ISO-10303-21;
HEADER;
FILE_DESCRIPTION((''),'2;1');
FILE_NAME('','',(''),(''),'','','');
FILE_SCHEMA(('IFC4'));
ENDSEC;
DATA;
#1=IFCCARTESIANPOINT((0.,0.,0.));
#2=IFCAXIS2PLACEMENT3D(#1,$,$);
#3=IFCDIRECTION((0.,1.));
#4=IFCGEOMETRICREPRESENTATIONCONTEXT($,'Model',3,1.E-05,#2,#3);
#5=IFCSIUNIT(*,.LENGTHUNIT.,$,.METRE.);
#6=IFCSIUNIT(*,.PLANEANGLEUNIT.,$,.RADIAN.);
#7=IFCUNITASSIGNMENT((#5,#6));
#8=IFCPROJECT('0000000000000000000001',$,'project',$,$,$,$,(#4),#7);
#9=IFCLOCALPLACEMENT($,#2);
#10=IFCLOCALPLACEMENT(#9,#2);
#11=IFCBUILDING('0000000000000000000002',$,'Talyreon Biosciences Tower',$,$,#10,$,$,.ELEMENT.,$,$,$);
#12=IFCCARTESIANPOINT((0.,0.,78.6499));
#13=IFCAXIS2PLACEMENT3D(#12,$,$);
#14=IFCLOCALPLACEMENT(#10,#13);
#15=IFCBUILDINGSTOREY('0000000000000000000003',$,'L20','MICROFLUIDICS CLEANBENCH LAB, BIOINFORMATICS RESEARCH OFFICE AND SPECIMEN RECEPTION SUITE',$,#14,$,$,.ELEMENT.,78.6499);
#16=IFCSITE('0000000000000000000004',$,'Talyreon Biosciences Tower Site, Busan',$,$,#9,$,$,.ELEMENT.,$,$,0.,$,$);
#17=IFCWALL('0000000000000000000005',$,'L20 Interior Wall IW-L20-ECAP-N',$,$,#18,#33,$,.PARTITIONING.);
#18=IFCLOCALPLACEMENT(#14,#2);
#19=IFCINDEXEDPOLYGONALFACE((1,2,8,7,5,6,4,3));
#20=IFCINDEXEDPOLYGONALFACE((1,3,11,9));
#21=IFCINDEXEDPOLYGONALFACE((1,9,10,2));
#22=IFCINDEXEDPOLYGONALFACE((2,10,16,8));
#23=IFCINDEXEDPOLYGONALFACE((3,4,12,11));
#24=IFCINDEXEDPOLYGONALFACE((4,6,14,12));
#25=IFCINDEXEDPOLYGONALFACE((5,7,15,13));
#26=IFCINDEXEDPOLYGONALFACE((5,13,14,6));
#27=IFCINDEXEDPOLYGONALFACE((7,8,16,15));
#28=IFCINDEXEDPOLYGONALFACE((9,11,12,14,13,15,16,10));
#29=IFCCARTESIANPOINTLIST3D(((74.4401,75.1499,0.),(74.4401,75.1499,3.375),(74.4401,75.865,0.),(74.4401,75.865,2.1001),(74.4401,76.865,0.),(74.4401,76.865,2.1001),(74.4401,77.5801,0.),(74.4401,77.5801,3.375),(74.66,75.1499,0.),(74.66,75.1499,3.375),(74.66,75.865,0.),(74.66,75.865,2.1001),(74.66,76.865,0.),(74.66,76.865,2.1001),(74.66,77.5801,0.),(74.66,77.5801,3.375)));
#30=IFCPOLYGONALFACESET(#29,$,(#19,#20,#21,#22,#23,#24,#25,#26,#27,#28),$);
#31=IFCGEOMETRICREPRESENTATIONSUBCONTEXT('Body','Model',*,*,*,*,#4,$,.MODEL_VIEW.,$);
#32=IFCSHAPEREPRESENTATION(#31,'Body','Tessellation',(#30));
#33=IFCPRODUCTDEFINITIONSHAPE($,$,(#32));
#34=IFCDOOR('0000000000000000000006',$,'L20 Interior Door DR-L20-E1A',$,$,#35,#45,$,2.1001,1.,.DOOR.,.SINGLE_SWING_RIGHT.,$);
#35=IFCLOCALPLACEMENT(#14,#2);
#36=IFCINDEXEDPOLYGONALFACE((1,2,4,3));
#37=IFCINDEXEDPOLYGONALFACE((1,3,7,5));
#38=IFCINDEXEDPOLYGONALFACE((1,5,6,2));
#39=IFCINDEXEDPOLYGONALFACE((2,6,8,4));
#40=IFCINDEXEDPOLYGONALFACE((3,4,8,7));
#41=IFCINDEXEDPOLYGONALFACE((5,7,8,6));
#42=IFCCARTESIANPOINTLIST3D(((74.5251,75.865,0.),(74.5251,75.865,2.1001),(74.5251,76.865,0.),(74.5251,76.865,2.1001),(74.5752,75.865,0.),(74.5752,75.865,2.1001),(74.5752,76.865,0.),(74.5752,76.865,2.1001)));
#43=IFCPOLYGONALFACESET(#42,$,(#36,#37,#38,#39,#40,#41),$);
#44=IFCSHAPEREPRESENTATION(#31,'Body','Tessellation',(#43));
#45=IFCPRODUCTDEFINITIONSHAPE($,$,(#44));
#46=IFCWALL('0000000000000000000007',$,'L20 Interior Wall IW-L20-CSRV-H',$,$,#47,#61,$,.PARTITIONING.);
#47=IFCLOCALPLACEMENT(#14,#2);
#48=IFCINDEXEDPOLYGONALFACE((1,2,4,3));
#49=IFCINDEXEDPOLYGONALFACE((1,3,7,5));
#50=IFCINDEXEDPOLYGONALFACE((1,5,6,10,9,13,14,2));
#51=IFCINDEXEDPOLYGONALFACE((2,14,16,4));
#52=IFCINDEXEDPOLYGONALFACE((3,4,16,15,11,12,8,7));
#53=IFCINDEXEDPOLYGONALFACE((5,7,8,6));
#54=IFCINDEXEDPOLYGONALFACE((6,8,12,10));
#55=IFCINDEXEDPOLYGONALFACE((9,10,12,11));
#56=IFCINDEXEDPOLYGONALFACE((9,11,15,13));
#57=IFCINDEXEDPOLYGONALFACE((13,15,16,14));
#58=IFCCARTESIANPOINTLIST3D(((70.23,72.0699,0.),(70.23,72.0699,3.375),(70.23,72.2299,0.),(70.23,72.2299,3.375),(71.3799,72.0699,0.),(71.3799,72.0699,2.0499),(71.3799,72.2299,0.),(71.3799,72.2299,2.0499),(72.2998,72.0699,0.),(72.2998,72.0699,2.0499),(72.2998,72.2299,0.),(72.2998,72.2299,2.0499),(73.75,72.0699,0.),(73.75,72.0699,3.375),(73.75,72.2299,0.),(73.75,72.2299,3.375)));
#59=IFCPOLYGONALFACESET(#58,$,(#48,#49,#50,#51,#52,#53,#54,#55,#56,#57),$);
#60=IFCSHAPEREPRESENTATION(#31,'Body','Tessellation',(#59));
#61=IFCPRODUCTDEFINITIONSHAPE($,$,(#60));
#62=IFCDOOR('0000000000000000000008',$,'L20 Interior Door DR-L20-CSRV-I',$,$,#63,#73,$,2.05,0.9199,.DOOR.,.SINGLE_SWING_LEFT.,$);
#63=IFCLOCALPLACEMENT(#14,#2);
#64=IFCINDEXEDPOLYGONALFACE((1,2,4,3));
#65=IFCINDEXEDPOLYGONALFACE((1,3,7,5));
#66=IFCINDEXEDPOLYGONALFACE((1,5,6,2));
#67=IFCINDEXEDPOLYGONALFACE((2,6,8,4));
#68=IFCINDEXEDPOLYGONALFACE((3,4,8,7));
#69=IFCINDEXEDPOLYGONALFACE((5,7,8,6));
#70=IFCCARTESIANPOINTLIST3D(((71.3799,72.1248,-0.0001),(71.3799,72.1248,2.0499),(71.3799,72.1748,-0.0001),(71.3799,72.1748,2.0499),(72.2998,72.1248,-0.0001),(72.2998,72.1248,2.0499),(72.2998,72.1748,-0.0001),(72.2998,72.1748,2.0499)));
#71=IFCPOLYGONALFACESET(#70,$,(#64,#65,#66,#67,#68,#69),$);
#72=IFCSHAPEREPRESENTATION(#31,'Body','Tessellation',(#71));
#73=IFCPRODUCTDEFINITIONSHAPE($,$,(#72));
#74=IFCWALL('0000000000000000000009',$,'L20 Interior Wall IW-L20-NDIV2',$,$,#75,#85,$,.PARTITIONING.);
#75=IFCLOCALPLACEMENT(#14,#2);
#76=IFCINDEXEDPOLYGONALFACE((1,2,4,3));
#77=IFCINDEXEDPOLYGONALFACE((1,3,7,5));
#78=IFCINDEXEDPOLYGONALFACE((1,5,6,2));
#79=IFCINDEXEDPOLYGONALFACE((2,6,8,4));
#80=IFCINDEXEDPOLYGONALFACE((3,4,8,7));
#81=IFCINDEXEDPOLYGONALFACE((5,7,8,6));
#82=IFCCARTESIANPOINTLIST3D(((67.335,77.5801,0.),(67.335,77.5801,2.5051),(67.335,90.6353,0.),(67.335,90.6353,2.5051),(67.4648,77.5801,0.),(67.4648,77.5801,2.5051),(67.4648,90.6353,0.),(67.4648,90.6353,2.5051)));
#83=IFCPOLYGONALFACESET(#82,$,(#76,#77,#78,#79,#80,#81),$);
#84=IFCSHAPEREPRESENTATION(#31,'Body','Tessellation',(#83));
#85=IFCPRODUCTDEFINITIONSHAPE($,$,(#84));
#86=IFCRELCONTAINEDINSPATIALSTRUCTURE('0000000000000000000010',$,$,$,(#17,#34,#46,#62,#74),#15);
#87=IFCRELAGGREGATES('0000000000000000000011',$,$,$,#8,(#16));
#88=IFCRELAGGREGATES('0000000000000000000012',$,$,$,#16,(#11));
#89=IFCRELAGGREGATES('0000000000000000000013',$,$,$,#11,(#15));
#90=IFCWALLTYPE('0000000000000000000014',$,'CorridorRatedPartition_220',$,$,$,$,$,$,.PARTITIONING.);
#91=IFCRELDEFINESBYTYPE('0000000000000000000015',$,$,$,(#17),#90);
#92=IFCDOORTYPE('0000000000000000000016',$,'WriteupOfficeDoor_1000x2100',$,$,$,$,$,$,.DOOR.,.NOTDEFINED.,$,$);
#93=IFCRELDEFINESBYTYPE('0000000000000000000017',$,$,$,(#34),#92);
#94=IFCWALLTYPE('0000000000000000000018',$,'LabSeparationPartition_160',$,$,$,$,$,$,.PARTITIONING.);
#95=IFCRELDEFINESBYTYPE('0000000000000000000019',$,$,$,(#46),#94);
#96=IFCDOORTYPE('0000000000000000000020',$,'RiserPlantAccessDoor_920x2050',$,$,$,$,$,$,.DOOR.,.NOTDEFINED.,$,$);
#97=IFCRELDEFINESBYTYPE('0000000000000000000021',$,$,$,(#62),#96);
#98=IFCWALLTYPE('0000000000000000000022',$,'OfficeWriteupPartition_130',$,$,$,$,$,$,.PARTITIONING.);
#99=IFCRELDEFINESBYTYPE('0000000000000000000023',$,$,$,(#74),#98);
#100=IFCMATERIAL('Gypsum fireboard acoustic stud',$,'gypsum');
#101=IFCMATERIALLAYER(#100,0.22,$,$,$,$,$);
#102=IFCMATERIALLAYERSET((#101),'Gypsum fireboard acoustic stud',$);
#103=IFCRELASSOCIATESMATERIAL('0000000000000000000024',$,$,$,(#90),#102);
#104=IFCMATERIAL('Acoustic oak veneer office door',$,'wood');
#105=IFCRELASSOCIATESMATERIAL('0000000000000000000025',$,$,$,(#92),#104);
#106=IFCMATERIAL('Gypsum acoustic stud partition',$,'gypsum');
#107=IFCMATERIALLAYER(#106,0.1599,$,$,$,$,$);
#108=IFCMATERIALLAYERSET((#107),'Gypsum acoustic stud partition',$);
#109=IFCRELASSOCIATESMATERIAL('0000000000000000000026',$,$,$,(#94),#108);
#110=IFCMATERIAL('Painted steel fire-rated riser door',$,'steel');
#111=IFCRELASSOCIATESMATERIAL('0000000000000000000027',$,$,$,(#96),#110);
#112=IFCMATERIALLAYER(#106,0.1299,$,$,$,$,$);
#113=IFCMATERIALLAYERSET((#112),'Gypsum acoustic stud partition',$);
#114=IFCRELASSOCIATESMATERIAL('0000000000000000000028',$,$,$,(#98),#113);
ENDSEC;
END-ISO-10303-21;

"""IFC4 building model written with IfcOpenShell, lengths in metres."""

from ifc_helpers import new_model, si_unit, direction, frame, frame_2d, origin, place, context, subcontext, project, spatial, rectangle, extrude, material, layer, layer_set, type_object, element, fill, save


model = new_model("IFC4")

# Units and contexts
model_context = context("Model", 3, precision=1e-05, world=origin(), true_north=direction((0.0, 1.0)))
body_context = subcontext(model_context, "Body", "Model", "MODEL_VIEW")
ifc_project = project(units=[si_unit("LENGTHUNIT", "METRE"), si_unit("PLANEANGLEUNIT", "RADIAN")], contexts=[model_context])

# Site, building, storey
site_placement = place(None, origin())
site = spatial("IfcSite", under=ifc_project, at=site_placement, Name="Talyreon Biosciences Tower Site, Busan", CompositionType="ELEMENT", RefElevation=0.0)
building_placement = place(site_placement, origin())
building = spatial("IfcBuilding", under=site, at=building_placement, Name="Talyreon Biosciences Tower", CompositionType="ELEMENT")
storey_placement = place(building_placement, frame((0.0, 0.0, 78.6499)))
storey = spatial("IfcBuildingStorey", under=building, at=storey_placement, Name="L20", Description="MICROFLUIDICS CLEANBENCH LAB, BIOINFORMATICS RESEARCH OFFICE AND SPECIMEN RECEPTION SUITE", CompositionType="ELEMENT", Elevation=78.6499)

# Walls, openings, doors
ifc_material_1 = material(Name="Gypsum fireboard acoustic stud", Category="gypsum")
ifc_layer_1 = layer(ifc_material_1, 0.22)
ifc_layer_set_1 = layer_set([ifc_layer_1], Name="Gypsum fireboard acoustic stud")
wall_type_1 = type_object("IfcWallType", Name="CorridorRatedPartition_220", PredefinedType="PARTITIONING", material=ifc_layer_set_1)
wall_1_placement = place(storey_placement, frame((74.55, 75.1499, 0.0), z_axis=(0.0, 0.0, 1.0), x_axis=(0.0, 1.0, 0.0)))
wall_1 = element("IfcWall", 1, at=wall_1_placement, inside=storey, type_object=wall_type_1, Name="L20 Interior Wall IW-L20-ECAP-N", PredefinedType="PARTITIONING", context=body_context, shape_type="SweptSolid", body=[
    extrude(rectangle(XDim=2.4302, YDim=0.22, at=frame_2d((1.2151, 0.0))), origin(), (0.0, 0.0, 1.0), 3.375),
])
opening_1_placement = place(wall_1_placement, frame((0.7151, 0.0, 0.0)))
opening_1 = element("IfcOpeningElement", 2, at=opening_1_placement, cuts=wall_1, PredefinedType="OPENING", context=body_context, shape_type="SweptSolid", body=[
    extrude(rectangle(XDim=1.0, YDim=2.1001, at=frame_2d((0.5, 1.05))), frame((0.0, 0.1199, 0.0), z_axis=(0.0, -1.0, 0.0), x_axis=(1.0, 0.0, 0.0)), (0.0, 0.0, 1.0), 0.24),
])
ifc_material_2 = material(Name="Acoustic oak veneer office door", Category="wood")
door_type_1 = type_object("IfcDoorType", Name="WriteupOfficeDoor_1000x2100", OperationType="NOTDEFINED", PredefinedType="DOOR", material=ifc_material_2)
door_1_placement = place(opening_1_placement, origin())
door_1 = element("IfcDoor", 3, at=door_1_placement, inside=storey, type_object=door_type_1, Name="L20 Interior Door DR-L20-E1A", OperationType="SINGLE_SWING_RIGHT", OverallHeight=2.1001, OverallWidth=1.0, PredefinedType="DOOR", context=body_context, shape_type="SweptSolid", body=[
    extrude(rectangle(XDim=1.0, YDim=2.1001, at=frame_2d((0.5, 1.05))), frame((0.0, 0.0249, 0.0), z_axis=(0.0, -1.0, 0.0), x_axis=(1.0, 0.0, 0.0)), (0.0, 0.0, 1.0), 0.05),
])
fill(opening_1, door_1)
ifc_material_3 = material(Name="Gypsum acoustic stud partition", Category="gypsum")
ifc_layer_2 = layer(ifc_material_3, 0.1599)
ifc_layer_set_2 = layer_set([ifc_layer_2], Name="Gypsum acoustic stud partition")
wall_type_2 = type_object("IfcWallType", Name="LabSeparationPartition_160", PredefinedType="PARTITIONING", material=ifc_layer_set_2)
wall_2_placement = place(storey_placement, frame((70.23, 72.1499, 0.0), z_axis=(0.0, 0.0, 1.0), x_axis=(1.0, 0.0, 0.0)))
wall_2 = element("IfcWall", 4, at=wall_2_placement, inside=storey, type_object=wall_type_2, Name="L20 Interior Wall IW-L20-CSRV-H", PredefinedType="PARTITIONING", context=body_context, shape_type="SweptSolid", body=[
    extrude(rectangle(XDim=3.52, YDim=0.1599, at=frame_2d((1.76, 0.0))), origin(), (0.0, 0.0, 1.0), 3.375),
])
opening_2_placement = place(wall_2_placement, frame((1.1499, 0.0, 0.0)))
opening_2 = element("IfcOpeningElement", 5, at=opening_2_placement, cuts=wall_2, PredefinedType="OPENING", context=body_context, shape_type="SweptSolid", body=[
    extrude(rectangle(XDim=0.9199, YDim=2.05, at=frame_2d((0.46, 1.0249))), frame((0.0, 0.0898, 0.0), z_axis=(0.0, -1.0, 0.0), x_axis=(1.0, 0.0, 0.0)), (0.0, 0.0, 1.0), 0.1799),
])
ifc_material_4 = material(Name="Painted steel fire-rated riser door", Category="steel")
door_type_2 = type_object("IfcDoorType", Name="RiserPlantAccessDoor_920x2050", OperationType="NOTDEFINED", PredefinedType="DOOR", material=ifc_material_4)
door_2_placement = place(opening_2_placement, origin())
door_2 = element("IfcDoor", 6, at=door_2_placement, inside=storey, type_object=door_type_2, Name="L20 Interior Door DR-L20-CSRV-I", OperationType="SINGLE_SWING_LEFT", OverallHeight=2.05, OverallWidth=0.9199, PredefinedType="DOOR", context=body_context, shape_type="SweptSolid", body=[
    extrude(rectangle(XDim=0.9199, YDim=2.05, at=frame_2d((0.46, 1.0249))), frame((0.0, 0.0249, 0.0), z_axis=(0.0, -1.0, 0.0), x_axis=(1.0, 0.0, 0.0)), (0.0, 0.0, 1.0), 0.05),
])
fill(opening_2, door_2)

# Wall
ifc_layer_3 = layer(ifc_material_3, 0.1299)
ifc_layer_set_3 = layer_set([ifc_layer_3], Name="Gypsum acoustic stud partition")
wall_type_3 = type_object("IfcWallType", Name="OfficeWriteupPartition_130", PredefinedType="PARTITIONING", material=ifc_layer_set_3)
wall_3_placement = place(storey_placement, frame((67.3999, 77.5801, 0.0), z_axis=(0.0, 0.0, 1.0), x_axis=(0.0, 1.0, 0.0)))
element("IfcWall", 7, at=wall_3_placement, inside=storey, type_object=wall_type_3, Name="L20 Interior Wall IW-L20-NDIV2", PredefinedType="PARTITIONING", context=body_context, shape_type="SweptSolid", body=[
    extrude(rectangle(XDim=13.0552, YDim=0.1299, at=frame_2d((6.5276, 0.0))), origin(), (0.0, 0.0, 1.0), 2.5051),
])

save(model, "model.ifc")
